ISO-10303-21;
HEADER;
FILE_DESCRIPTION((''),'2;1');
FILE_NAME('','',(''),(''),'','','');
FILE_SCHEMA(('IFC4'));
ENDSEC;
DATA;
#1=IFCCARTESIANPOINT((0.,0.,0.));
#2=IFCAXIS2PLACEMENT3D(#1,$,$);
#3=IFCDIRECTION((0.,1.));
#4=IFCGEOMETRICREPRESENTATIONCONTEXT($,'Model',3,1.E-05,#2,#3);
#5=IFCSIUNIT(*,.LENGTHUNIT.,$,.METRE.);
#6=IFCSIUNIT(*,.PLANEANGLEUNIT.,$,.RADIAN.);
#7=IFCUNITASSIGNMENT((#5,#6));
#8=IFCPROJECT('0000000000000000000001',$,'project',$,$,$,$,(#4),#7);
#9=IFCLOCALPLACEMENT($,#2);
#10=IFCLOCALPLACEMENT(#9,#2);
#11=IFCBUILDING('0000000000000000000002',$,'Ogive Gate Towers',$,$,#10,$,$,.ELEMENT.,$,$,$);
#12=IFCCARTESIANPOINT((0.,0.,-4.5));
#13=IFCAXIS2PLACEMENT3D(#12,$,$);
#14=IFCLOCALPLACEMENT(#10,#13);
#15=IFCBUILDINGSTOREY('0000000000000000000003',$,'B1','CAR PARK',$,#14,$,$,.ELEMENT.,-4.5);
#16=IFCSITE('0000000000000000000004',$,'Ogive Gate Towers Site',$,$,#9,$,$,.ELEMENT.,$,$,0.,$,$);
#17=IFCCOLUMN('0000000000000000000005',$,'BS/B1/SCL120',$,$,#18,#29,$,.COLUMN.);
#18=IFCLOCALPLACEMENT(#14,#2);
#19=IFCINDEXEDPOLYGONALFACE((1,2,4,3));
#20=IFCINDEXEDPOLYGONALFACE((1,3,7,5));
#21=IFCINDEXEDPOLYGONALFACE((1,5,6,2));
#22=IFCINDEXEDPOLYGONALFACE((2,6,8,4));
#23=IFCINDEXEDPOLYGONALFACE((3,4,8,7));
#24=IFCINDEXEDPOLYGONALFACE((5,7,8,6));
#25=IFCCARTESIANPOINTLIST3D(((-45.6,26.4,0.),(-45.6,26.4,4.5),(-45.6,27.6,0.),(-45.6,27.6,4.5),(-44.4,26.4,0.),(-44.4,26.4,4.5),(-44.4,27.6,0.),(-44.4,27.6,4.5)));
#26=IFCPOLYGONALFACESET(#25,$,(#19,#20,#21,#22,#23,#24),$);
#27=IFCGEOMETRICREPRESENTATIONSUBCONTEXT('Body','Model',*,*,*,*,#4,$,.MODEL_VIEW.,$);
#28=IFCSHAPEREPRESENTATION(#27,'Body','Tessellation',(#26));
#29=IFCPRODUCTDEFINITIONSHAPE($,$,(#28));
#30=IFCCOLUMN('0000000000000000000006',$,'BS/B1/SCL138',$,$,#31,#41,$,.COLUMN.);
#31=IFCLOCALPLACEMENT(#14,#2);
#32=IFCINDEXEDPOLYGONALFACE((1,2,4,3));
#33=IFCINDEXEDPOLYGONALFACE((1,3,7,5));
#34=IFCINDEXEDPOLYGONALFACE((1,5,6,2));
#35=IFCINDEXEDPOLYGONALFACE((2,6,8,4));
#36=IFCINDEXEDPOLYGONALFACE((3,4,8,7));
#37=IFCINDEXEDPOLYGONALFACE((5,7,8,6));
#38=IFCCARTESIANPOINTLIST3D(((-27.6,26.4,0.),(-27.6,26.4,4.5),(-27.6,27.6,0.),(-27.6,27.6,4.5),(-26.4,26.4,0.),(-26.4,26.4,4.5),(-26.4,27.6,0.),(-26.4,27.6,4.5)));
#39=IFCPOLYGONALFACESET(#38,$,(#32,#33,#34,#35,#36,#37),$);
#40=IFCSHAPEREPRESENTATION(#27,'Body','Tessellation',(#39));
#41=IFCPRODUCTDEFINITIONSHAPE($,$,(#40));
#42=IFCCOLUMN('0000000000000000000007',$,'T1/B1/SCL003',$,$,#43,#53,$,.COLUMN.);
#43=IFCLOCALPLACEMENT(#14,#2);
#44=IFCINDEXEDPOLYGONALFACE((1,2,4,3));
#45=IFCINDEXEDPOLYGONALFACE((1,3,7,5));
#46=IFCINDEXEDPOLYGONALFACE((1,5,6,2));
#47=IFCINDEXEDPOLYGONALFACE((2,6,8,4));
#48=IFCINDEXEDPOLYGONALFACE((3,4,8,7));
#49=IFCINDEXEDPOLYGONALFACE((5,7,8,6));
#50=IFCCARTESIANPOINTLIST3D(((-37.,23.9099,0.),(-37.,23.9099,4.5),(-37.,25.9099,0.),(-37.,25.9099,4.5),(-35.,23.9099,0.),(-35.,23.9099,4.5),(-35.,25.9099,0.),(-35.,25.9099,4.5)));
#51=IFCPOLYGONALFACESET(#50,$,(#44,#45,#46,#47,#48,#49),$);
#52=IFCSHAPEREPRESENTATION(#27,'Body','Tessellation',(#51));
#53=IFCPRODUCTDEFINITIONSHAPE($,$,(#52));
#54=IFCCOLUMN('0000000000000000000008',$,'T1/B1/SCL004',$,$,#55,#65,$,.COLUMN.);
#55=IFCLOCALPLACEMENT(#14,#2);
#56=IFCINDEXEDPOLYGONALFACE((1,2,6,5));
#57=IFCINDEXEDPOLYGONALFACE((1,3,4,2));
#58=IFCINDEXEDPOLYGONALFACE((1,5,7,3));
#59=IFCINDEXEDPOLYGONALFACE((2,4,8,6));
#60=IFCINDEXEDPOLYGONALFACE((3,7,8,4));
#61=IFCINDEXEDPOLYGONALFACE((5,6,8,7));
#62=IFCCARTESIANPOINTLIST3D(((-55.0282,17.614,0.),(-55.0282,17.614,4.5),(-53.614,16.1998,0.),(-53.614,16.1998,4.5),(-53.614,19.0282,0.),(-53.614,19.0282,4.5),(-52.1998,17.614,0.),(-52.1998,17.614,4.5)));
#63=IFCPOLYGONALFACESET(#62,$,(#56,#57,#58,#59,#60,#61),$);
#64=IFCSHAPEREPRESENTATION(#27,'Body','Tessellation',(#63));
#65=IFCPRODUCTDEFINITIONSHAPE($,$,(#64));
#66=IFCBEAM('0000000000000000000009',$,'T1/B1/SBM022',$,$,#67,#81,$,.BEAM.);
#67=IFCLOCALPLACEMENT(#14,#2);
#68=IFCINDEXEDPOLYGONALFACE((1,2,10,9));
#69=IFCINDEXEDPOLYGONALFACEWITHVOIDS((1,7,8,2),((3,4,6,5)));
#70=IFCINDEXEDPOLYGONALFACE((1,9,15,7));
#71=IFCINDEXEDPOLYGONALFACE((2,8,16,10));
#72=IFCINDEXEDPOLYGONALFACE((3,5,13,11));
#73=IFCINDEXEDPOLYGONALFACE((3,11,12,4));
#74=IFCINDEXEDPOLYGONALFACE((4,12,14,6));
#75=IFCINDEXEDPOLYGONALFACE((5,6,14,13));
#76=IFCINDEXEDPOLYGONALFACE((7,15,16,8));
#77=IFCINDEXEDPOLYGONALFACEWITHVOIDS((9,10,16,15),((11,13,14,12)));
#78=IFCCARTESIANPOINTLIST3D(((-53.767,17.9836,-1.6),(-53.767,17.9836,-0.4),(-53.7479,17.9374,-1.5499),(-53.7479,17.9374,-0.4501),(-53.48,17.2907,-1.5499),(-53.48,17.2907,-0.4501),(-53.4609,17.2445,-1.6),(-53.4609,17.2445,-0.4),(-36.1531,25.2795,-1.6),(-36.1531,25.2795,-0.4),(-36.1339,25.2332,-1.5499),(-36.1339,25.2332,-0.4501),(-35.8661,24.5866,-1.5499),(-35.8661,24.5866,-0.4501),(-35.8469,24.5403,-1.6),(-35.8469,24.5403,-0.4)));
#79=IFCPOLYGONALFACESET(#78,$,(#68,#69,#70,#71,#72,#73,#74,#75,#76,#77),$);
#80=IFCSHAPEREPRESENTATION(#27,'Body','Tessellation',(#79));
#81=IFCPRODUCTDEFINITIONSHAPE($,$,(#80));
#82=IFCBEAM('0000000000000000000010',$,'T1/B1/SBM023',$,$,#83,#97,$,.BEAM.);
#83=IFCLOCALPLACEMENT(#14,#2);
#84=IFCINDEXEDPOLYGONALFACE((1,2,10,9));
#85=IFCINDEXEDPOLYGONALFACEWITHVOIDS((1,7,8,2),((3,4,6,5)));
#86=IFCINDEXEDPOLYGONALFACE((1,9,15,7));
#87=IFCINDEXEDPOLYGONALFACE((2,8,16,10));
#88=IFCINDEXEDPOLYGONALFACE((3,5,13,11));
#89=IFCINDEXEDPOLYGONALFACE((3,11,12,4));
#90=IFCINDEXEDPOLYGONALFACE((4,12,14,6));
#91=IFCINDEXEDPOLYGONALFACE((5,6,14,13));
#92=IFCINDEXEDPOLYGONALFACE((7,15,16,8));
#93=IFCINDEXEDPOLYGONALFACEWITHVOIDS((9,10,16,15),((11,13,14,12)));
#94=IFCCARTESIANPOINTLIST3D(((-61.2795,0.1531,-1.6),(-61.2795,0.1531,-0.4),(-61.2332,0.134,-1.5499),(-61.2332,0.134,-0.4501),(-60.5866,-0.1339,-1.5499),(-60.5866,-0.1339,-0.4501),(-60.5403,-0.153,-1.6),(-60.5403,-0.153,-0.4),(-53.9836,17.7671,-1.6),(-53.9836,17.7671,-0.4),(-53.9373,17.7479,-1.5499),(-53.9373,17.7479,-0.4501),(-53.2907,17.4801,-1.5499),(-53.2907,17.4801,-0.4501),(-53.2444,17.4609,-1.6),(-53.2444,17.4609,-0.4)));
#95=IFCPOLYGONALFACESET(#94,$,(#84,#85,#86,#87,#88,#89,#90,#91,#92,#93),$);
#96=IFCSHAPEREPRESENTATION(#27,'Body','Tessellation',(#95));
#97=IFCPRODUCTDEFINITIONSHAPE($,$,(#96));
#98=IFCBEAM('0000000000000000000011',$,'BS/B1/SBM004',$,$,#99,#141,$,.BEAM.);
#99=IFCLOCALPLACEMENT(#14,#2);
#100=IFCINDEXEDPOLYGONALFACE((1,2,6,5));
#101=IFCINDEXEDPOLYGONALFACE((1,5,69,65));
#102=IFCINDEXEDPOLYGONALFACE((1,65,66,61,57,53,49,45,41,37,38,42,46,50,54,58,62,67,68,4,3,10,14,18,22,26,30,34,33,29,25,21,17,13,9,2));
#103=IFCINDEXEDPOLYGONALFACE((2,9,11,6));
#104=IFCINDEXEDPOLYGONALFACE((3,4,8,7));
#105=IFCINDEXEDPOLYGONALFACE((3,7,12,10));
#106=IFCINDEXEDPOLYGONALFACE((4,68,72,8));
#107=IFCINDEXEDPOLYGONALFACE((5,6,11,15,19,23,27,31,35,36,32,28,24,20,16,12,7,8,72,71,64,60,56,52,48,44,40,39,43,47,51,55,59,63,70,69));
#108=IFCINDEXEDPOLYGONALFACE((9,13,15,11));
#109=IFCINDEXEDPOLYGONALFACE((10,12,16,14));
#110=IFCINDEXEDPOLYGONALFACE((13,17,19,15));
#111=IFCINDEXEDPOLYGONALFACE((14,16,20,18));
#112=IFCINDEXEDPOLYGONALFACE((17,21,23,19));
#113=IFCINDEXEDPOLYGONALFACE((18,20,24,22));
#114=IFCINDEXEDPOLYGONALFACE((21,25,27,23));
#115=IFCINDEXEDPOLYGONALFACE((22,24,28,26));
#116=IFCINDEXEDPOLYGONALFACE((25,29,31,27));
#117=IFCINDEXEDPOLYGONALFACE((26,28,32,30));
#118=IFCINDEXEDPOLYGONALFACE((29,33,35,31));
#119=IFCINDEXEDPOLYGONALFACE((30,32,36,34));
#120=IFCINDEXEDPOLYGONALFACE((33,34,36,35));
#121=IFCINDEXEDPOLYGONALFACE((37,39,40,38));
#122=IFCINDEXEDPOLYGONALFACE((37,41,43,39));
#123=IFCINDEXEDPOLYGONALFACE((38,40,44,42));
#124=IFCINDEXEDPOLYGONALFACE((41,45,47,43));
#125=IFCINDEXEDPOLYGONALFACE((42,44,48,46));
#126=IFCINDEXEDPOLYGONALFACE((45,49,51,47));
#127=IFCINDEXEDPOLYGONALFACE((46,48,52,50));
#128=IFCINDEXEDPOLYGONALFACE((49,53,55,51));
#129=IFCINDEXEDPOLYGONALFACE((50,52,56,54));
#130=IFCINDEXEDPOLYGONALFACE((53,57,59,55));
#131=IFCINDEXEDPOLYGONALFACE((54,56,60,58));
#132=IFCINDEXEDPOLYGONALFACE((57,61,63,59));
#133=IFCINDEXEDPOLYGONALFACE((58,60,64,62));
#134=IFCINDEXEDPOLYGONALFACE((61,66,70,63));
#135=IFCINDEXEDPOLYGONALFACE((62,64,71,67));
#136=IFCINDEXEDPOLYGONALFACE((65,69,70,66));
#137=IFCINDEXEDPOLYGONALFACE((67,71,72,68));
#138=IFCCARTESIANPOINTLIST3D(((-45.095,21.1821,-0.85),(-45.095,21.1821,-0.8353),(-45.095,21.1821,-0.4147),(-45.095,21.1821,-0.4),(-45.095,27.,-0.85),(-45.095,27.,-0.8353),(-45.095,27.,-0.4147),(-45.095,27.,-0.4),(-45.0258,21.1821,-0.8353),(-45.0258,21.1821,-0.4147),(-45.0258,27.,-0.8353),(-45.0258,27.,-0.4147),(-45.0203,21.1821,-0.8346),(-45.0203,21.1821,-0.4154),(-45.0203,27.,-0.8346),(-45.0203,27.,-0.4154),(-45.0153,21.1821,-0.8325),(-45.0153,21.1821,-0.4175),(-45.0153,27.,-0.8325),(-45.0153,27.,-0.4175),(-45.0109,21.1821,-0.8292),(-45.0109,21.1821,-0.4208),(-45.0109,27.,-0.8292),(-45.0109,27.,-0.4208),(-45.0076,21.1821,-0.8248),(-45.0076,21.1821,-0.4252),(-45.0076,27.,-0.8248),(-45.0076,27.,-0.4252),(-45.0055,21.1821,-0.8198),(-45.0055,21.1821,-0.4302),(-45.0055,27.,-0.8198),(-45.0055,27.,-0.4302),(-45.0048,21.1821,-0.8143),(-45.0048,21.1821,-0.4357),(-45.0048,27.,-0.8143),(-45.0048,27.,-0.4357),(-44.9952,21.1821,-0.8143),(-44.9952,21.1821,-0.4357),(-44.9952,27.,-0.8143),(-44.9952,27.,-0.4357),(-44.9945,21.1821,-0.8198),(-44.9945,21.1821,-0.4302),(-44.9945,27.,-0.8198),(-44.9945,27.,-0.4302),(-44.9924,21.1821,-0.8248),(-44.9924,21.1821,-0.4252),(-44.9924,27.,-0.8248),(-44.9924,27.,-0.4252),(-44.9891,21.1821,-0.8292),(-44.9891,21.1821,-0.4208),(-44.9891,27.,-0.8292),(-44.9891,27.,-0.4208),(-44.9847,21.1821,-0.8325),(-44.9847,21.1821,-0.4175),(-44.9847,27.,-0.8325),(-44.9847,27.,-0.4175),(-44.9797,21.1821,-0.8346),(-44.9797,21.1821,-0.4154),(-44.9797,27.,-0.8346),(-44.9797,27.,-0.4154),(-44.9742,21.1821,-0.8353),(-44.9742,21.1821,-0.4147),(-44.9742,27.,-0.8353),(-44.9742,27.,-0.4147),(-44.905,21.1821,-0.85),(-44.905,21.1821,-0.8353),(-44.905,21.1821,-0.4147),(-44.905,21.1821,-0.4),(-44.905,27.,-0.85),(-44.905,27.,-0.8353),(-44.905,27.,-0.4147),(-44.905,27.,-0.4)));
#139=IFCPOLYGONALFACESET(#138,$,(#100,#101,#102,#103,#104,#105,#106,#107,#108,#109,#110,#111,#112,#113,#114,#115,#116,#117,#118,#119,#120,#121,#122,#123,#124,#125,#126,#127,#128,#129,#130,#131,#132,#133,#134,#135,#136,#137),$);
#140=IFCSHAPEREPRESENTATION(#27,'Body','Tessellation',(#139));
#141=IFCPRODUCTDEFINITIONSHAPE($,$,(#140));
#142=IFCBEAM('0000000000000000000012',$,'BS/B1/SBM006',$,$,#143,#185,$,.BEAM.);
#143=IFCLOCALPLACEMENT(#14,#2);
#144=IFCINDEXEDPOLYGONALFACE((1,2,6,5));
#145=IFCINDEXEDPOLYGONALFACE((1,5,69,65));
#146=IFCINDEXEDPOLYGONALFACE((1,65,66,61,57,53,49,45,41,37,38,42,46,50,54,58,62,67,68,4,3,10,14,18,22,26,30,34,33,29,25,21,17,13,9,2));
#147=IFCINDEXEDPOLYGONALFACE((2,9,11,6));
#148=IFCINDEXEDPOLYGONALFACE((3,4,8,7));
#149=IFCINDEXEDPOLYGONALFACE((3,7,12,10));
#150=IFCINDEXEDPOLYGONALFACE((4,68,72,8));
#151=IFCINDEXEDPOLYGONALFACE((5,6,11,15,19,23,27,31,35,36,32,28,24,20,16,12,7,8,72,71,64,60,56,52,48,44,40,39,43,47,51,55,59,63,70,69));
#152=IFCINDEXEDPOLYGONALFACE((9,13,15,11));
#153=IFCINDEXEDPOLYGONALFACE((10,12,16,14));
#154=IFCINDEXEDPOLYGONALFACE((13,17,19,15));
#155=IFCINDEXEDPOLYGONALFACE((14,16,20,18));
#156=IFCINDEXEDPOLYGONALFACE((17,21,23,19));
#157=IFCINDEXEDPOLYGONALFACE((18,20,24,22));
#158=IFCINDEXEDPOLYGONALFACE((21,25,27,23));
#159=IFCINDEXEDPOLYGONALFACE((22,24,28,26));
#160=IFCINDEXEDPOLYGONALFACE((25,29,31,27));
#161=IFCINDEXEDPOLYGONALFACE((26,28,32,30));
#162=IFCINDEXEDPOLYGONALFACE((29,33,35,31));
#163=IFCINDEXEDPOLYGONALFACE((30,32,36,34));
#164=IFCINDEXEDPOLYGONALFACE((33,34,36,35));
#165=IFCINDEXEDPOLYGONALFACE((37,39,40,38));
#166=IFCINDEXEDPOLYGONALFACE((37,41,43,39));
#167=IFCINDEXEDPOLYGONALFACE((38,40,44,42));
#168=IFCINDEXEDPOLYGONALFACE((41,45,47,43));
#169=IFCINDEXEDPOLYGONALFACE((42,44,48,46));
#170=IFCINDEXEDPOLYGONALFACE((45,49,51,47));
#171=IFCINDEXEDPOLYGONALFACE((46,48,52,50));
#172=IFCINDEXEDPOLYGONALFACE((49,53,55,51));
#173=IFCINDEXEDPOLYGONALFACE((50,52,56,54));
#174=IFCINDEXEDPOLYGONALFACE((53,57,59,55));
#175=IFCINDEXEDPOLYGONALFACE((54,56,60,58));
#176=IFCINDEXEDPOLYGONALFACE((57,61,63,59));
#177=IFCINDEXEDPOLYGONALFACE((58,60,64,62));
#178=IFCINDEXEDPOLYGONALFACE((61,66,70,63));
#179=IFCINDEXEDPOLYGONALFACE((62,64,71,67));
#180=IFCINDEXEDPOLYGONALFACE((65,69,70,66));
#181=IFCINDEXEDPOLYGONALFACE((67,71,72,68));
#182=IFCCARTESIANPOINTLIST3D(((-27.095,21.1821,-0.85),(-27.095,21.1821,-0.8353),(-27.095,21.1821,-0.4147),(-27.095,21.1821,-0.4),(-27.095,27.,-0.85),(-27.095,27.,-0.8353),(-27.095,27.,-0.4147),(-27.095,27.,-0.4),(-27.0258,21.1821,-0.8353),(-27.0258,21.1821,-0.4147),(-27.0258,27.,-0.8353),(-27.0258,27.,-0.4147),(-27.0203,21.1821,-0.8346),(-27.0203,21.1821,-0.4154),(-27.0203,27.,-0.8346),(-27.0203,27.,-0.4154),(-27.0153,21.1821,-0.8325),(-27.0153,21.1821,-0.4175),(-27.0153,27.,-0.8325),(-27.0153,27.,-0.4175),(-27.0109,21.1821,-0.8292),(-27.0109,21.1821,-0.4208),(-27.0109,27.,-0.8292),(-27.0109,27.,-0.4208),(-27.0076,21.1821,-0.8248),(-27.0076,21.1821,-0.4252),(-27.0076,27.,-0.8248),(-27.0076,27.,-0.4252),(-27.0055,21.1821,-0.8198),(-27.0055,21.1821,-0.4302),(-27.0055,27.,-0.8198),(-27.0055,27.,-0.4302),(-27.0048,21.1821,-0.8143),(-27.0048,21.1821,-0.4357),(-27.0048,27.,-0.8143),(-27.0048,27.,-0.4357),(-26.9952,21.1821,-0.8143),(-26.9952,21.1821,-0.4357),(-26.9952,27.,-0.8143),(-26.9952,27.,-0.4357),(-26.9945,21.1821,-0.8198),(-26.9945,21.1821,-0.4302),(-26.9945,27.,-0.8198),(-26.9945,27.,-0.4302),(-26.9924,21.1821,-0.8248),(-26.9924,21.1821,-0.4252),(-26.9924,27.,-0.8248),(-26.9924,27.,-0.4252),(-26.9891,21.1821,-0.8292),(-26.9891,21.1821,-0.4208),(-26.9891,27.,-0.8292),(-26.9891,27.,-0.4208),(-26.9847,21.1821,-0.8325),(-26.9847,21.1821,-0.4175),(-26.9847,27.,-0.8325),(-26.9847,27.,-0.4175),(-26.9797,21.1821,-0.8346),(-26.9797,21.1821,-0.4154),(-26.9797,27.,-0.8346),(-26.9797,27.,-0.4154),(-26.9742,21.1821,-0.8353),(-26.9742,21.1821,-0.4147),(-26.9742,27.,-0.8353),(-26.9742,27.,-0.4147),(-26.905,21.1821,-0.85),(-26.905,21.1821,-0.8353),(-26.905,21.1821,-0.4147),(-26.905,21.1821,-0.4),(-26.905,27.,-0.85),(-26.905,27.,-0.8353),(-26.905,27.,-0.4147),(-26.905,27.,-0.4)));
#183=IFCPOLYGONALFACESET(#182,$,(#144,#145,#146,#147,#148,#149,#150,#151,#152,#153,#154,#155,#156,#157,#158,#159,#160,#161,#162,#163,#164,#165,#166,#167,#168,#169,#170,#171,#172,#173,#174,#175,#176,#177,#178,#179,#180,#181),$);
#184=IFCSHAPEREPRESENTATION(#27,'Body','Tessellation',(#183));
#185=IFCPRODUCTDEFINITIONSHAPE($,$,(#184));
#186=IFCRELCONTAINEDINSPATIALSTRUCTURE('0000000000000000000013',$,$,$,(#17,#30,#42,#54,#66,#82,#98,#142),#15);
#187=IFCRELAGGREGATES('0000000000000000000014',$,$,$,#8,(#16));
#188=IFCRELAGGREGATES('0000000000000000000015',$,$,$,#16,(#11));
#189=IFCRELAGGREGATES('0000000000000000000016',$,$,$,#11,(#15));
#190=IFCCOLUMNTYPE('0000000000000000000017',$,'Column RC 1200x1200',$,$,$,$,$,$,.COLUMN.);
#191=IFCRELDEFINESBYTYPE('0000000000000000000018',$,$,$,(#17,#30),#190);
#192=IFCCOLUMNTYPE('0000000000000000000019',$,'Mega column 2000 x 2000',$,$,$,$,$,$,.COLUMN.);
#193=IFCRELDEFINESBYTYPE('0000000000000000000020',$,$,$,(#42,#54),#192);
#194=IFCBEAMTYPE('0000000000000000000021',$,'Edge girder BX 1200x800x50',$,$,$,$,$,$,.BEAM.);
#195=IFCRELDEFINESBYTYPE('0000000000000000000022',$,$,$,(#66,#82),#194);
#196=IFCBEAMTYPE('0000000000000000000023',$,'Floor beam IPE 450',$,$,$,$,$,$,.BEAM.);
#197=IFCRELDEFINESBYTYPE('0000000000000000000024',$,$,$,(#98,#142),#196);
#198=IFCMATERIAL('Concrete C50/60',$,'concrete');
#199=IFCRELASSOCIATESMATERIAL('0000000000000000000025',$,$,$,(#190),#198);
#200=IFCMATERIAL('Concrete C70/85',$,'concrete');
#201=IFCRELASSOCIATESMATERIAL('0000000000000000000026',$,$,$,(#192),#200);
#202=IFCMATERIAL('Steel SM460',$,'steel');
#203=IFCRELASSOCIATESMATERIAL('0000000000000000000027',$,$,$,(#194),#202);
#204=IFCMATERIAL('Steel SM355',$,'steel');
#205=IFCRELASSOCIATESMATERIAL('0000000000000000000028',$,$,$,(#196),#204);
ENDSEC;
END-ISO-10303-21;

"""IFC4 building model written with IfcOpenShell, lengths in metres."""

from ifc_helpers import new_model, si_unit, direction, frame, origin, origin_2d, place, context, subcontext, project, spatial, rectangle, hollow_rectangle, i_section, extrude, material, material_profile, profile_set, type_object, element, save


model = new_model("IFC4")

# Units and contexts
model_context = context("Model", 3, precision=1e-05, world=origin(), true_north=direction((0.0, 1.0)))
body_context = subcontext(model_context, "Body", "Model", "MODEL_VIEW")
ifc_project = project(units=[si_unit("LENGTHUNIT", "METRE"), si_unit("PLANEANGLEUNIT", "RADIAN")], contexts=[model_context])

# Site, building, storey
site_placement = place(None, origin())
site = spatial("IfcSite", under=ifc_project, at=site_placement, Name="Ogive Gate Towers Site", CompositionType="ELEMENT", RefElevation=0.0)
building_placement = place(site_placement, origin())
building = spatial("IfcBuilding", under=site, at=building_placement, Name="Ogive Gate Towers", CompositionType="ELEMENT")
storey_placement = place(building_placement, frame((0.0, 0.0, -4.5)))
storey = spatial("IfcBuildingStorey", under=building, at=storey_placement, Name="B1", Description="CAR PARK", CompositionType="ELEMENT", Elevation=-4.5)

# Columns
ifc_material_1 = material(Name="Concrete C50/60", Category="concrete")
ifc_material_profile_1 = material_profile(ifc_material_1, rectangle(XDim=1.2, YDim=1.2, at=origin_2d()), Name="RC 1200x1200")
ifc_profile_set_1 = profile_set([ifc_material_profile_1], Name="Concrete C50/60")
column_type_1 = type_object("IfcColumnType", Name="Column RC 1200x1200", PredefinedType="COLUMN", material=ifc_profile_set_1)
for number, where, z_axis, x_axis, name in (
    (1, (-45.0, 27.0, 0.0), (0.0, 0.0, 1.0), (1.0, 0.0, 0.0), "BS/B1/SCL120"),
    (2, (-27.0, 27.0, 0.0), (0.0, 0.0, 1.0), (1.0, 0.0, 0.0), "BS/B1/SCL138"),
):
    element("IfcColumn", number, at=place(storey_placement, frame(where, z_axis=z_axis, x_axis=x_axis)), inside=storey, type_object=column_type_1, Name=name, PredefinedType="COLUMN", context=body_context, shape_type="SweptSolid", body=[
        extrude(rectangle(XDim=1.2, YDim=1.2, at=origin_2d()), origin(), (0.0, 0.0, 1.0), 4.5),
    ])
ifc_material_2 = material(Name="Concrete C70/85", Category="concrete")
ifc_material_profile_2 = material_profile(ifc_material_2, rectangle(XDim=2.0, YDim=2.0, at=origin_2d()), Name="RC 2000x2000")
ifc_profile_set_2 = profile_set([ifc_material_profile_2], Name="Concrete C70/85")
column_type_2 = type_object("IfcColumnType", Name="Mega column 2000 x 2000", PredefinedType="COLUMN", material=ifc_profile_set_2)
for number, where, z_axis, x_axis, name in (
    (3, (-36.0, 24.9099, 0.0), (0.0, 0.0, 1.0), (0.0, 1.0, 0.0), "T1/B1/SCL003"),
    (4, (-53.614, 17.614, 0.0), (0.0, 0.0, 1.0), (-0.707107, 0.707107, 0.0), "T1/B1/SCL004"),
):
    element("IfcColumn", number, at=place(storey_placement, frame(where, z_axis=z_axis, x_axis=x_axis)), inside=storey, type_object=column_type_2, Name=name, PredefinedType="COLUMN", context=body_context, shape_type="SweptSolid", body=[
        extrude(rectangle(XDim=2.0, YDim=2.0, at=origin_2d()), origin(), (0.0, 0.0, 1.0), 4.5),
    ])

# Beams
ifc_material_3 = material(Name="Steel SM460", Category="steel")
ifc_material_profile_3 = material_profile(ifc_material_3, hollow_rectangle(XDim=0.8, YDim=1.2, WallThickness=0.05, at=origin_2d()), Name="BX 1200x800x50")
ifc_profile_set_3 = profile_set([ifc_material_profile_3], Name="Steel SM460")
beam_type_1 = type_object("IfcBeamType", Name="Edge girder BX 1200x800x50", PredefinedType="BEAM", material=ifc_profile_set_3)
for number, where, z_axis, x_axis, name in (
    (5, (-36.0, 24.9099, -1.0), (-0.923881, -0.382681, 0.0), (0.382681, -0.923881, 0.0), "T1/B1/SBM022"),
    (6, (-53.614, 17.614, -1.0), (-0.382681, -0.923881, 0.0), (0.923881, -0.382681, 0.0), "T1/B1/SBM023"),
):
    element("IfcBeam", number, at=place(storey_placement, frame(where, z_axis=z_axis, x_axis=x_axis)), inside=storey, type_object=beam_type_1, Name=name, PredefinedType="BEAM", context=body_context, shape_type="SweptSolid", body=[
        extrude(hollow_rectangle(XDim=0.8, YDim=1.2, WallThickness=0.05, at=origin_2d()), origin(), (0.0, 0.0, 1.0), 19.0652),
    ])
ifc_material_4 = material(Name="Steel SM355", Category="steel")
ifc_material_profile_4 = material_profile(ifc_material_4, i_section(OverallWidth=0.1899, OverallDepth=0.45, WebThickness=0.0095, FlangeThickness=0.0146, FilletRadius=0.021, at=origin_2d()), Name="IPE 450")
ifc_profile_set_4 = profile_set([ifc_material_profile_4], Name="Steel SM355")
beam_type_2 = type_object("IfcBeamType", Name="Floor beam IPE 450", PredefinedType="BEAM", material=ifc_profile_set_4)
for number, where, z_axis, x_axis, name in (
    (7, (-45.0, 27.0, -0.625), (0.0, -1.0, 0.0), (1.0, 0.0, 0.0), "BS/B1/SBM004"),
    (8, (-27.0, 27.0, -0.625), (0.0, -1.0, 0.0), (1.0, 0.0, 0.0), "BS/B1/SBM006"),
):
    element("IfcBeam", number, at=place(storey_placement, frame(where, z_axis=z_axis, x_axis=x_axis)), inside=storey, type_object=beam_type_2, Name=name, PredefinedType="BEAM", context=body_context, shape_type="SweptSolid", body=[
        extrude(i_section(OverallWidth=0.1899, OverallDepth=0.45, WebThickness=0.0095, FlangeThickness=0.0146, FilletRadius=0.021, at=origin_2d()), origin(), (0.0, 0.0, 1.0), 5.8179),
    ])

save(model, "model.ifc")
